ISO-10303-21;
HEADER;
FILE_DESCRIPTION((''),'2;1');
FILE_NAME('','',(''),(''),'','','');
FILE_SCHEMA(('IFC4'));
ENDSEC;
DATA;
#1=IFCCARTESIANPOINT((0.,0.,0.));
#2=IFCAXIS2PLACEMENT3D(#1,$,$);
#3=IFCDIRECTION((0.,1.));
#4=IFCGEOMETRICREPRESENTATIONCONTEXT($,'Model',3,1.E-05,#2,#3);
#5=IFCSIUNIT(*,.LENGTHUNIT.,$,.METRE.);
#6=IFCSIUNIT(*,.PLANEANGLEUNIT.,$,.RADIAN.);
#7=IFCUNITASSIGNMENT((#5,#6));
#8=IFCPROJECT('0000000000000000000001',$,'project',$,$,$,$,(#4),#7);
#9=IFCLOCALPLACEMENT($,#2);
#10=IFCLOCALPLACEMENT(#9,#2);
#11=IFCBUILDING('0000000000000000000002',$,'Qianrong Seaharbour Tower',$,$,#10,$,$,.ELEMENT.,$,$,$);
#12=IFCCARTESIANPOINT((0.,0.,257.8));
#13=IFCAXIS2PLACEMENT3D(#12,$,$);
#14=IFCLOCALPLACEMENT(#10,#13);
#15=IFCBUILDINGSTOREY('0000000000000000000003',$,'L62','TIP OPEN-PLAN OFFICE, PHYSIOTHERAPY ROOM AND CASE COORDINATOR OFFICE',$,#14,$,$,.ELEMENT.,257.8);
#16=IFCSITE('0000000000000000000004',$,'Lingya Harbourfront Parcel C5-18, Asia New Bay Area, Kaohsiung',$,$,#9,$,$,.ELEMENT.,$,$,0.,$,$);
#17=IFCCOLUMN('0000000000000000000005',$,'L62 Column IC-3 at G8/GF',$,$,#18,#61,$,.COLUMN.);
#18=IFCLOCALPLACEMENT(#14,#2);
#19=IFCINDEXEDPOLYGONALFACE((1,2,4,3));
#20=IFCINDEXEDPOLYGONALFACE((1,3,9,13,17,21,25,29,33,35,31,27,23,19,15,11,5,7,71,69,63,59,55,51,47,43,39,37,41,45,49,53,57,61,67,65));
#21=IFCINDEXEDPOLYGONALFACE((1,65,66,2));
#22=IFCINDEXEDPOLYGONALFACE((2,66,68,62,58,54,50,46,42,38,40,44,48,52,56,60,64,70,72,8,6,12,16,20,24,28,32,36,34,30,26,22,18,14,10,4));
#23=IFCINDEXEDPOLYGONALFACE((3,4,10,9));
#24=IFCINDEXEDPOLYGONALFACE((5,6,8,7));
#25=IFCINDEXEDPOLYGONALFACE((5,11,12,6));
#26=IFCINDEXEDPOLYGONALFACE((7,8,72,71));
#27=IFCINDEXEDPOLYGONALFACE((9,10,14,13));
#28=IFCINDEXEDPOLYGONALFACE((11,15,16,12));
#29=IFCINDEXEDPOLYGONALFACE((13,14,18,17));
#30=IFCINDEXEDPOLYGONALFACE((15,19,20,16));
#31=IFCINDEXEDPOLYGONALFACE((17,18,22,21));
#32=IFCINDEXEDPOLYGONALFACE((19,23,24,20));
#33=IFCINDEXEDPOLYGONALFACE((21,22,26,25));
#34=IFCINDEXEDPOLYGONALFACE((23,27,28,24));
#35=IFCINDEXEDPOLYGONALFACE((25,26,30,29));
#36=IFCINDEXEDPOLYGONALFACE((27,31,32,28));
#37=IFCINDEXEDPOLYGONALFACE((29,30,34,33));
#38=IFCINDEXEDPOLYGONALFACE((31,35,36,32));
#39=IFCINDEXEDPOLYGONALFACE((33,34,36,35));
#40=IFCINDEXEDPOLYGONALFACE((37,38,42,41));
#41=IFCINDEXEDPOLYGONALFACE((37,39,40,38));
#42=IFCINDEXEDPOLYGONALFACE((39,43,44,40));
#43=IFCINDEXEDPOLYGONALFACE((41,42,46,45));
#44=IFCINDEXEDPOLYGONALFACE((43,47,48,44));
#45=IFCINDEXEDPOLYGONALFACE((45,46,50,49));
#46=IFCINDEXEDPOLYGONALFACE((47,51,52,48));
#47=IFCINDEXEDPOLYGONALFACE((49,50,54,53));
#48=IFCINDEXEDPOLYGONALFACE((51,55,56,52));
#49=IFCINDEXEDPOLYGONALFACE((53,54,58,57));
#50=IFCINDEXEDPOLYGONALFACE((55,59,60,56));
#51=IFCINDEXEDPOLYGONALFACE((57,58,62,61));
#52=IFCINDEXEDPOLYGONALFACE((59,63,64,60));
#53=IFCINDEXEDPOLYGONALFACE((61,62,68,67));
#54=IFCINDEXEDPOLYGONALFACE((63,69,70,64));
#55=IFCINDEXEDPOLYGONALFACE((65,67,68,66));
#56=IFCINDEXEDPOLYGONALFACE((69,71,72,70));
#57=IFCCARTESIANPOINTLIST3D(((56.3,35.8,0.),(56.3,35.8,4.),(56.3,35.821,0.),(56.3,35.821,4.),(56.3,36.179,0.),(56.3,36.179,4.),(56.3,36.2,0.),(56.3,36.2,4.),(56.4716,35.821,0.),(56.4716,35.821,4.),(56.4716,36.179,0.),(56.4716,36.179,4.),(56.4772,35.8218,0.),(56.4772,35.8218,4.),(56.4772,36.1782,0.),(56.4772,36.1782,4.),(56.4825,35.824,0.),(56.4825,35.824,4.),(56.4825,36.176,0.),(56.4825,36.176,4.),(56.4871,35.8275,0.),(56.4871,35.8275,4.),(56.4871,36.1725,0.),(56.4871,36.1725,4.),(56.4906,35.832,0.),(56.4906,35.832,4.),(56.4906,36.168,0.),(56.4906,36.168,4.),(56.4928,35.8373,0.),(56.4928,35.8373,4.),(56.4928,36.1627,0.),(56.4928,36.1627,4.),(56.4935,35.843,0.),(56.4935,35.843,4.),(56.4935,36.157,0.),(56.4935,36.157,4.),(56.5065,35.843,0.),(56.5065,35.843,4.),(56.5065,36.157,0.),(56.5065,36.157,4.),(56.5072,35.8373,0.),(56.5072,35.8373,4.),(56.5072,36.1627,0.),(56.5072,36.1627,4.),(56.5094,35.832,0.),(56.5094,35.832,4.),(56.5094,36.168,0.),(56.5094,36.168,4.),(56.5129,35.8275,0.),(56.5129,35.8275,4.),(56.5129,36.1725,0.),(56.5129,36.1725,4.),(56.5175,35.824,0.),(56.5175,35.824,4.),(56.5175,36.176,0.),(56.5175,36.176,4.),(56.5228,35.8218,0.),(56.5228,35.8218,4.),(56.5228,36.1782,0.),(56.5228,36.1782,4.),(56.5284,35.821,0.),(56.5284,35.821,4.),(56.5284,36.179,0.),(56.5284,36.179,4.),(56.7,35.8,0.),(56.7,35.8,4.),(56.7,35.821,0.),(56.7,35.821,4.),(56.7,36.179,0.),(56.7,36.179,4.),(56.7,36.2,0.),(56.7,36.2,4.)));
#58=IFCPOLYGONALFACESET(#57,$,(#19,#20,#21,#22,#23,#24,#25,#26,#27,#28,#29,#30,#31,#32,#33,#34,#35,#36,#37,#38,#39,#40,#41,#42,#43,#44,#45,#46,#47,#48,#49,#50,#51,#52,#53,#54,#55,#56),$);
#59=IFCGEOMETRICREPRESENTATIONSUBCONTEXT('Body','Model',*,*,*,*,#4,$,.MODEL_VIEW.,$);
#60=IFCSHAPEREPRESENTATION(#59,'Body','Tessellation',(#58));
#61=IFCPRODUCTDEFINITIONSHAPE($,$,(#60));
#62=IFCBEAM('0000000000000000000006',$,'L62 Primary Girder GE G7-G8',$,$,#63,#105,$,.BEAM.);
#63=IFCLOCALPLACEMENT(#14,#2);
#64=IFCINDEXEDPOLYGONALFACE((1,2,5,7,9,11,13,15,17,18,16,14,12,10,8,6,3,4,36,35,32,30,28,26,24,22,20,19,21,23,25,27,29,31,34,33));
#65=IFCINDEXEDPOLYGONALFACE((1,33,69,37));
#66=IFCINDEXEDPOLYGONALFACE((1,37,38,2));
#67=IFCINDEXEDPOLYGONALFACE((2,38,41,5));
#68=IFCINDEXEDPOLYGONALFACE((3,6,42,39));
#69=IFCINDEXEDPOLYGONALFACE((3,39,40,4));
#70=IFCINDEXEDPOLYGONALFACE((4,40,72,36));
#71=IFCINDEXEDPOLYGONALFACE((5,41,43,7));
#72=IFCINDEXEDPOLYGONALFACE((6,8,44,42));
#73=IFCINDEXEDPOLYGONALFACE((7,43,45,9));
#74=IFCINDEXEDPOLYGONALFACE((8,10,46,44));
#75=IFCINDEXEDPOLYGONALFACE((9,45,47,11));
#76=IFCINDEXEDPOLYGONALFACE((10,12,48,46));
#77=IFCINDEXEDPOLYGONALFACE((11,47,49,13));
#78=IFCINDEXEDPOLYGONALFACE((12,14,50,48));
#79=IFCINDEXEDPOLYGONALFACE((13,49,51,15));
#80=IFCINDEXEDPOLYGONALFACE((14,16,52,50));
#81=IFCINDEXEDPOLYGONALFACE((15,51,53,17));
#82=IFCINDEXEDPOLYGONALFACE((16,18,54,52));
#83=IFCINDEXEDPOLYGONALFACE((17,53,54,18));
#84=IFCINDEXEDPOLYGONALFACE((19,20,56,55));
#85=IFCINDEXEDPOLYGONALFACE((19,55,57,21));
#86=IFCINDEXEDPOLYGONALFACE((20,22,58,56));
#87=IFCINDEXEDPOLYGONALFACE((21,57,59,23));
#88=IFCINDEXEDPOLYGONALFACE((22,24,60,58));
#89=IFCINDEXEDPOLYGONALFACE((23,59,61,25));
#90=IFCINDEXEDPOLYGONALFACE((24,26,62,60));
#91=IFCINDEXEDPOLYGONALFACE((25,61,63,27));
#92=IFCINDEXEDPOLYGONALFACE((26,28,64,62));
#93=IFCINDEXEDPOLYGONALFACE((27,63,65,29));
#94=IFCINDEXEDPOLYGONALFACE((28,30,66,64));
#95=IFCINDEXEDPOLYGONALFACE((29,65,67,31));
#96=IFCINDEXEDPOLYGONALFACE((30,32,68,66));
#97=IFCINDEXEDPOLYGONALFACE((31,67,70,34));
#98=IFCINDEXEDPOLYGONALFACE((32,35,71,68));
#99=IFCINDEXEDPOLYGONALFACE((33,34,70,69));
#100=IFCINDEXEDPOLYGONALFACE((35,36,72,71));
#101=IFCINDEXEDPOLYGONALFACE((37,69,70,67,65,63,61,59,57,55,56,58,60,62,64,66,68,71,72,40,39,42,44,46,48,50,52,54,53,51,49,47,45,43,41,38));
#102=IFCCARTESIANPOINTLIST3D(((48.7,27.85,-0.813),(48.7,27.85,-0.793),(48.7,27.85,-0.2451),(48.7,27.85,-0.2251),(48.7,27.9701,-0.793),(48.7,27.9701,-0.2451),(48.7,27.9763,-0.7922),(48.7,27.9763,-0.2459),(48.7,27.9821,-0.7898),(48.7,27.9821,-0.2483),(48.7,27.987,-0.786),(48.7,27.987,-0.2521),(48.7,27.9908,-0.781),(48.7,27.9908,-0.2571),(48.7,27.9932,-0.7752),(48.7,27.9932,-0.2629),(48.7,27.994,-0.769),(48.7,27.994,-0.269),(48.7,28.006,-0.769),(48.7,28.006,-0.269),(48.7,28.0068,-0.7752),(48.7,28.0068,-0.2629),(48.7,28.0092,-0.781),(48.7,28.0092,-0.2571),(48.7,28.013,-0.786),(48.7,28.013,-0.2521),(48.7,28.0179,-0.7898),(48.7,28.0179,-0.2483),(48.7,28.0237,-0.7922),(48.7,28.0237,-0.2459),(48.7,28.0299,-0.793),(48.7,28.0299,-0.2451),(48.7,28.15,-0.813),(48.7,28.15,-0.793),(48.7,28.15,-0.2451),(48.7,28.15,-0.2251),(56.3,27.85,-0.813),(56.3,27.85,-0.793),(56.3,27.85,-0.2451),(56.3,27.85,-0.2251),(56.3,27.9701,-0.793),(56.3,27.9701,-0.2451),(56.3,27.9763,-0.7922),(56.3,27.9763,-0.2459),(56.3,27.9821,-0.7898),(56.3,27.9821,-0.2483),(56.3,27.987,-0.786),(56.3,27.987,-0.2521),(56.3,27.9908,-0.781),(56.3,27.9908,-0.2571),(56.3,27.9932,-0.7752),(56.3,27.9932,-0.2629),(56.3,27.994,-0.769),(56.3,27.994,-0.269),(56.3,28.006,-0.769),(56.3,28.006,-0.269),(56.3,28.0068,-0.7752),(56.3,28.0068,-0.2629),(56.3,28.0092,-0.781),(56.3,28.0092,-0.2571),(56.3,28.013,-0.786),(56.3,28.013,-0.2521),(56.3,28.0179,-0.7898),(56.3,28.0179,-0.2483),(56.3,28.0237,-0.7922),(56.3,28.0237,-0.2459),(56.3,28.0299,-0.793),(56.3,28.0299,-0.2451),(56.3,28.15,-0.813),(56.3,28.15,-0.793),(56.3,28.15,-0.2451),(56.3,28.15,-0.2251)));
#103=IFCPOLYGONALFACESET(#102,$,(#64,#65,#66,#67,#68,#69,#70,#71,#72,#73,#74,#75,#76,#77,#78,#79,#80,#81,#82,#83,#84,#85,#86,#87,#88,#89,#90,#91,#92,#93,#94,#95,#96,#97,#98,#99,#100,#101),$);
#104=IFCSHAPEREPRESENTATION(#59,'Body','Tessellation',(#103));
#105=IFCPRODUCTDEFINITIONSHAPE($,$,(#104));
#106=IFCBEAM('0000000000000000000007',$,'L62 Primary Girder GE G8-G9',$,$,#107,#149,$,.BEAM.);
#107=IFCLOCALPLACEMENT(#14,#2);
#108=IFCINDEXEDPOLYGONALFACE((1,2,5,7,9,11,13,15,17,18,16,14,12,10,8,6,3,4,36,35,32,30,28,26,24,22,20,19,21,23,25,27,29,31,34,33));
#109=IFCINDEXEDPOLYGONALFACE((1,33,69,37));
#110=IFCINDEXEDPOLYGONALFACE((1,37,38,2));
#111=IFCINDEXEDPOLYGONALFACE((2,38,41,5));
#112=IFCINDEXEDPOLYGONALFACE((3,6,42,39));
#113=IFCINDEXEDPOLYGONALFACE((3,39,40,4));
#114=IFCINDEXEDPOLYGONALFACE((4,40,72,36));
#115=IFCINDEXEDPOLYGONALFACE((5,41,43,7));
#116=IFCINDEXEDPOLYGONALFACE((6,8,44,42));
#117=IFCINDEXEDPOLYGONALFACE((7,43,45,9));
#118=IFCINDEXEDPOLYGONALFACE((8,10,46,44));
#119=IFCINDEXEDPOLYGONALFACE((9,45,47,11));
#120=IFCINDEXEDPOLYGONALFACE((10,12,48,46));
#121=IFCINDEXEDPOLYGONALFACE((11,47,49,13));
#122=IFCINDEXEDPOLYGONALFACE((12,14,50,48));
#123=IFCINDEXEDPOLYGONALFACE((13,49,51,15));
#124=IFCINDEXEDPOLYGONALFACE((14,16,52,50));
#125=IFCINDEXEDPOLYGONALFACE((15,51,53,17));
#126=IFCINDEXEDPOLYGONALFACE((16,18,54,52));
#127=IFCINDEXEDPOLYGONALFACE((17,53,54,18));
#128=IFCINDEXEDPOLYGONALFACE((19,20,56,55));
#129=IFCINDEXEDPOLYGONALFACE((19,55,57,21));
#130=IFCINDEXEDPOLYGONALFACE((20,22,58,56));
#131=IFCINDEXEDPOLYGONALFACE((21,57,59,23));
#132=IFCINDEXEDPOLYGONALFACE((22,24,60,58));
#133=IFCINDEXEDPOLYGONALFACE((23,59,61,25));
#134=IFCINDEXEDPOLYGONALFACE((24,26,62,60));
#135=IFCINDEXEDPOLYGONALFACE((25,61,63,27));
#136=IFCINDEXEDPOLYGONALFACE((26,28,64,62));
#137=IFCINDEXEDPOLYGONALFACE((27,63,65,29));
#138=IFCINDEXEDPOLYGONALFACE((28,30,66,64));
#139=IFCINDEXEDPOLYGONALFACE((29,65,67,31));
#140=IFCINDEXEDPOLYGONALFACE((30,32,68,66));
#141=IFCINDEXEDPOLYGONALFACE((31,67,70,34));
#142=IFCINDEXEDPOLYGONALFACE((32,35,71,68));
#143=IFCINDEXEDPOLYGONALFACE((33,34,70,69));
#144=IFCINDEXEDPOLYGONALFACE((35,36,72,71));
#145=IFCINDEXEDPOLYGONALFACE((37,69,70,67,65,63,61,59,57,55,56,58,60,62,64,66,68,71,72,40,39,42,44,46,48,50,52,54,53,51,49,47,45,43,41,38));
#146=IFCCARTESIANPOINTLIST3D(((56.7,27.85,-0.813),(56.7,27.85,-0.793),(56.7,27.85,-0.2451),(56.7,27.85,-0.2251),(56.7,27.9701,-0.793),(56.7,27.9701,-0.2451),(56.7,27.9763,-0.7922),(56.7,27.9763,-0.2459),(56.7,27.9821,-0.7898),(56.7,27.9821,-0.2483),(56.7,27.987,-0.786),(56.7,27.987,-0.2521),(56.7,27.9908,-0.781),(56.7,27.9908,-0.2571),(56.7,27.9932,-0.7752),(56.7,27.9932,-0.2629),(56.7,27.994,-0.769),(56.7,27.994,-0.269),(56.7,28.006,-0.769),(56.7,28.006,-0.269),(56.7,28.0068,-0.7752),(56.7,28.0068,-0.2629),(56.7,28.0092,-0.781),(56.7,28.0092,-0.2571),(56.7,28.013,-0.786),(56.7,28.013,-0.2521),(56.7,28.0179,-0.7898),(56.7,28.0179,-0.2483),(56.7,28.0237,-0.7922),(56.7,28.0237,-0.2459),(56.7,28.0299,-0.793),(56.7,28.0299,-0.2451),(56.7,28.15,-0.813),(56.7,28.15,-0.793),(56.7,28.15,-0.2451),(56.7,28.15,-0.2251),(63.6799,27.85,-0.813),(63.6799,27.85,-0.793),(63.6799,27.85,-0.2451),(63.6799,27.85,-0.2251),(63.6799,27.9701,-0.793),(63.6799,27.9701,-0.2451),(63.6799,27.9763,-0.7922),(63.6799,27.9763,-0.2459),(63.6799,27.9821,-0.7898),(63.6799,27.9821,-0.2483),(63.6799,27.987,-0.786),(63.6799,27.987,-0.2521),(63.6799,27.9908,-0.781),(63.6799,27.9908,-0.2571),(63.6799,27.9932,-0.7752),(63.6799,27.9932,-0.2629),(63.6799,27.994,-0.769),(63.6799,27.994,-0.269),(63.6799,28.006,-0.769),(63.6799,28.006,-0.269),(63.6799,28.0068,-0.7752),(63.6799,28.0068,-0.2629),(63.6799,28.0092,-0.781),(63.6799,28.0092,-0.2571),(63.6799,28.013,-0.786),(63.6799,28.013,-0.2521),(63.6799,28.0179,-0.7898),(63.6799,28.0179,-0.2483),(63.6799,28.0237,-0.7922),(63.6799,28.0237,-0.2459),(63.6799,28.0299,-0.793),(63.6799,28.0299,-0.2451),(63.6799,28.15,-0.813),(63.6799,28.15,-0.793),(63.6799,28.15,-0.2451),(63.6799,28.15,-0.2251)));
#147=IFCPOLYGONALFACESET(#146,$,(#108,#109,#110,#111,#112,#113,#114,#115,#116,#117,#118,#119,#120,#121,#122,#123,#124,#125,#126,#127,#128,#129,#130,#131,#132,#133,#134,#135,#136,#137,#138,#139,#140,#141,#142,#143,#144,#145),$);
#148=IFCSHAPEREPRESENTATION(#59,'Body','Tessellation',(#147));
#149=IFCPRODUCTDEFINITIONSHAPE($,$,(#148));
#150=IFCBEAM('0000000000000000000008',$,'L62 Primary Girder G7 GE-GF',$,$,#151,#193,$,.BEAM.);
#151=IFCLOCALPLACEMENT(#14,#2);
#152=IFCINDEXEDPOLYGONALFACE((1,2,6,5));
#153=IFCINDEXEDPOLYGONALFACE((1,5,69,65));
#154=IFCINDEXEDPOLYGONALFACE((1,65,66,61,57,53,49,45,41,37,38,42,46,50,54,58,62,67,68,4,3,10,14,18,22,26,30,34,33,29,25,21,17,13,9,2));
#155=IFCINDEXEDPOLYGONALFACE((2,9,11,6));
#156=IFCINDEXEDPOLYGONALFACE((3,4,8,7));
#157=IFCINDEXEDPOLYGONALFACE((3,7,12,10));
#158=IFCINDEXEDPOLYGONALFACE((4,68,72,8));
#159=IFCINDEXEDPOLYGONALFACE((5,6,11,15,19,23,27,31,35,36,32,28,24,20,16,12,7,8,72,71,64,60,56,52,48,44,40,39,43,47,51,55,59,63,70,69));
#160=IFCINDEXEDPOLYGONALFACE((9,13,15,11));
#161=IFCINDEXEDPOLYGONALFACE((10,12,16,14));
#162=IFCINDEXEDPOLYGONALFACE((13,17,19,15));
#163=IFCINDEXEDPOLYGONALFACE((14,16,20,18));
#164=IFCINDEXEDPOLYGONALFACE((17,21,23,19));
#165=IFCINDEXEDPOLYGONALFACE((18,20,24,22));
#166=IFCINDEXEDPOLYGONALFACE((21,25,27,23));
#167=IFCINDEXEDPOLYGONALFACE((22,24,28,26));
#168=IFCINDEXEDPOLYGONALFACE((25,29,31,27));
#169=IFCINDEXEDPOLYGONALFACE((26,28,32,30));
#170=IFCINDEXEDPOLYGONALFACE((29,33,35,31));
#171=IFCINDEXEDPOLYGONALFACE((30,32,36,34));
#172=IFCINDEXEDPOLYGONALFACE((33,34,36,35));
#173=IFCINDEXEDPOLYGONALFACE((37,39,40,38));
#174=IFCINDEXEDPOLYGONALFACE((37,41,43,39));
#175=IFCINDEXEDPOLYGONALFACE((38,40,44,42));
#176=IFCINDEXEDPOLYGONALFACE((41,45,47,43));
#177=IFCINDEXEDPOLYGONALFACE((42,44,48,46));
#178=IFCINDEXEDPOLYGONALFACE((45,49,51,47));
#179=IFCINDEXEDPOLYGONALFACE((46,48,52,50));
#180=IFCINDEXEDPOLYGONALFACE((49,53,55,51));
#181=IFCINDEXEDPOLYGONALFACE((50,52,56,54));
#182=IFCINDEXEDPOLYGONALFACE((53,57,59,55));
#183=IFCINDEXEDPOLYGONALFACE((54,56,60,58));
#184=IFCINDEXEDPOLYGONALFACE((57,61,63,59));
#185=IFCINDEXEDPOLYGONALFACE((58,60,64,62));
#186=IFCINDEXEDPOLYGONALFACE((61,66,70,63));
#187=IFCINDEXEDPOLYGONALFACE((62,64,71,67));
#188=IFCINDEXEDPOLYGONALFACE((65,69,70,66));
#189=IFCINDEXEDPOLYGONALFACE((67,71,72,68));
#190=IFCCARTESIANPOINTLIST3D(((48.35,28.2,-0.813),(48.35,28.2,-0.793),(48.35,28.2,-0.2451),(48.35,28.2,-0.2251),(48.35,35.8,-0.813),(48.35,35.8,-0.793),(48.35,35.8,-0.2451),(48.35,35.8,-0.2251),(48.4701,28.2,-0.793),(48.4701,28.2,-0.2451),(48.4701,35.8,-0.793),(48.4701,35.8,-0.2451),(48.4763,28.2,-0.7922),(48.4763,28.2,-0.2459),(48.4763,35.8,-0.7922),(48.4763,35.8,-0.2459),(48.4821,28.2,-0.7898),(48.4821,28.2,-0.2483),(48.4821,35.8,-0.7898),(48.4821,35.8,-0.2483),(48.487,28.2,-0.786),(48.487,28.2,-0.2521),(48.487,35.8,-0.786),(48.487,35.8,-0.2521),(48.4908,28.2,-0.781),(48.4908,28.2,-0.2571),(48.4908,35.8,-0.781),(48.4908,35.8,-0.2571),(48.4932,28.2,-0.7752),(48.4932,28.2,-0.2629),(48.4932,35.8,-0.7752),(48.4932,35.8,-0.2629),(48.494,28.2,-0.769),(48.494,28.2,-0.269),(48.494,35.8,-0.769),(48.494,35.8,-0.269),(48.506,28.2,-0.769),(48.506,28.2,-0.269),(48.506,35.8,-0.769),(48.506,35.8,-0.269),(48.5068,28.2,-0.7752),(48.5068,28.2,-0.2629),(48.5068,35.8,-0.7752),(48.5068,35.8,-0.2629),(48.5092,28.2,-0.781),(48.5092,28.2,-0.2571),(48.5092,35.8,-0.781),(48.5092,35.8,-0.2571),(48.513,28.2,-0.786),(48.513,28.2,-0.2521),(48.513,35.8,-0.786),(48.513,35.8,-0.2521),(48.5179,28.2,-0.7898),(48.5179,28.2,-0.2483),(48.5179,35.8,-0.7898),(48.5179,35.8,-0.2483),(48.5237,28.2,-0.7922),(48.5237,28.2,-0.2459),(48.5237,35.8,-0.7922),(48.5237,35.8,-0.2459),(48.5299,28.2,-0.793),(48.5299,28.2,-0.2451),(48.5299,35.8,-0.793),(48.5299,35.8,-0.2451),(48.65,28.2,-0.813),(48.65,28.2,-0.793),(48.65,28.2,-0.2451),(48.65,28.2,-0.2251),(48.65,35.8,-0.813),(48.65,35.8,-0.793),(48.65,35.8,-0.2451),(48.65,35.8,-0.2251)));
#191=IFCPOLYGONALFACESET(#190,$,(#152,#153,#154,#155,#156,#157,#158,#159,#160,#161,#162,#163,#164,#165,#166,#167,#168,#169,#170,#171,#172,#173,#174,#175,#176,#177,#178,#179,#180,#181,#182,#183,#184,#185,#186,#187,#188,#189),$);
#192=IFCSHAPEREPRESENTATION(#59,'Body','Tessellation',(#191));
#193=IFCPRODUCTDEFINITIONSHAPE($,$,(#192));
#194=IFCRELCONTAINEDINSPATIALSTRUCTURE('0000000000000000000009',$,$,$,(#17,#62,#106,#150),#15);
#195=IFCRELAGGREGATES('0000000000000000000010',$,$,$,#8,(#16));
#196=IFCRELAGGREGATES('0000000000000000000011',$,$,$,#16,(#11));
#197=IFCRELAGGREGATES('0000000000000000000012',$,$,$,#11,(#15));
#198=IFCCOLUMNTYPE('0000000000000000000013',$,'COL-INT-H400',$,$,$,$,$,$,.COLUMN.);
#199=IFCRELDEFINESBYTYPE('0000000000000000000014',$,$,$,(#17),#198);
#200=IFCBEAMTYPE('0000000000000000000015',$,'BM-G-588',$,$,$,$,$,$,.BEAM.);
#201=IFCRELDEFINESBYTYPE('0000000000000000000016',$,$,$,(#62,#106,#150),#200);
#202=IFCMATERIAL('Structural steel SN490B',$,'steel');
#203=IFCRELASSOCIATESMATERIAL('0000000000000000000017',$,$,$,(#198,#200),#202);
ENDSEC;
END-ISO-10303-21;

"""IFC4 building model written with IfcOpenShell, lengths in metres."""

from ifc_helpers import new_model, si_unit, direction, frame, origin, origin_2d, place, context, subcontext, project, spatial, i_section, extrude, material, material_profile, profile_set, type_object, element, save


model = new_model("IFC4")

# Units and contexts
model_context = context("Model", 3, precision=1e-05, world=origin(), true_north=direction((0.0, 1.0)))
body_context = subcontext(model_context, "Body", "Model", "MODEL_VIEW")
ifc_project = project(units=[si_unit("LENGTHUNIT", "METRE"), si_unit("PLANEANGLEUNIT", "RADIAN")], contexts=[model_context])

# Site, building, storey
site_placement = place(None, origin())
site = spatial("IfcSite", under=ifc_project, at=site_placement, Name="Lingya Harbourfront Parcel C5-18, Asia New Bay Area, Kaohsiung", CompositionType="ELEMENT", RefElevation=0.0)
building_placement = place(site_placement, origin())
building = spatial("IfcBuilding", under=site, at=building_placement, Name="Qianrong Seaharbour Tower", CompositionType="ELEMENT")
storey_placement = place(building_placement, frame((0.0, 0.0, 257.8)))
storey = spatial("IfcBuildingStorey", under=building, at=storey_placement, Name="L62", Description="TIP OPEN-PLAN OFFICE, PHYSIOTHERAPY ROOM AND CASE COORDINATOR OFFICE", CompositionType="ELEMENT", Elevation=257.8)

# Column
ifc_material_1 = material(Name="Structural steel SN490B", Category="steel")
ifc_material_profile_1 = material_profile(ifc_material_1, i_section(OverallWidth=0.3999, OverallDepth=0.3999, WebThickness=0.0129, FlangeThickness=0.021, FilletRadius=0.022, at=origin_2d()), Name="H400x400x13x21")
ifc_profile_set_1 = profile_set([ifc_material_profile_1], Name="Structural steel SN490B")
column_type_1 = type_object("IfcColumnType", Name="COL-INT-H400", PredefinedType="COLUMN", material=ifc_profile_set_1)
for number, where, z_axis, x_axis, name in (
    (1, (56.5, 36.0, 0.0), (0.0, 0.0, 1.0), (1.0, 0.0, 0.0), "L62 Column IC-3 at G8/GF"),
):
    element("IfcColumn", number, at=place(storey_placement, frame(where, z_axis=z_axis, x_axis=x_axis)), inside=storey, type_object=column_type_1, Name=name, PredefinedType="COLUMN", context=body_context, shape_type="SweptSolid", body=[
        extrude(i_section(OverallWidth=0.3999, OverallDepth=0.3999, WebThickness=0.0129, FlangeThickness=0.021, FilletRadius=0.022, at=origin_2d()), origin(), (0.0, 0.0, 1.0), 4.0),
    ])

# Beams
ifc_material_profile_2 = material_profile(ifc_material_1, i_section(OverallWidth=0.3, OverallDepth=0.5879, WebThickness=0.012, FlangeThickness=0.02, FilletRadius=0.0239, at=origin_2d()), Name="H588x300x12x20")
ifc_profile_set_2 = profile_set([ifc_material_profile_2], Name="Structural steel SN490B")
beam_type_1 = type_object("IfcBeamType", Name="BM-G-588", PredefinedType="BEAM", material=ifc_profile_set_2)
beam_1_placement = place(storey_placement, frame((48.7, 28.0, -0.519), z_axis=(1.0, 0.0, 0.0), x_axis=(0.0, 1.0, 0.0)))
element("IfcBeam", 2, at=beam_1_placement, inside=storey, type_object=beam_type_1, Name="L62 Primary Girder GE G7-G8", PredefinedType="BEAM", context=body_context, shape_type="SweptSolid", body=[
    extrude(i_section(OverallWidth=0.3, OverallDepth=0.5879, WebThickness=0.012, FlangeThickness=0.02, FilletRadius=0.0239, at=origin_2d()), origin(), (0.0, 0.0, 1.0), 7.6001),
])
beam_2_placement = place(storey_placement, frame((56.7, 28.0, -0.519), z_axis=(1.0, 0.0, 0.0), x_axis=(0.0, 1.0, 0.0)))
element("IfcBeam", 3, at=beam_2_placement, inside=storey, type_object=beam_type_1, Name="L62 Primary Girder GE G8-G9", PredefinedType="BEAM", context=body_context, shape_type="SweptSolid", body=[
    extrude(i_section(OverallWidth=0.3, OverallDepth=0.5879, WebThickness=0.012, FlangeThickness=0.02, FilletRadius=0.0239, at=origin_2d()), origin(), (0.0, 0.0, 1.0), 6.98),
])
for number, where, z_axis, x_axis, name in (
    (4, (48.5, 28.2, -0.519), (0.0, 1.0, 0.0), (-1.0, 0.0, 0.0), "L62 Primary Girder G7 GE-GF"),
):
    element("IfcBeam", number, at=place(storey_placement, frame(where, z_axis=z_axis, x_axis=x_axis)), inside=storey, type_object=beam_type_1, Name=name, PredefinedType="BEAM", context=body_context, shape_type="SweptSolid", body=[
        extrude(i_section(OverallWidth=0.3, OverallDepth=0.5879, WebThickness=0.012, FlangeThickness=0.02, FilletRadius=0.0239, at=origin_2d()), origin(), (0.0, 0.0, 1.0), 7.6001),
    ])

save(model, "model.ifc")
